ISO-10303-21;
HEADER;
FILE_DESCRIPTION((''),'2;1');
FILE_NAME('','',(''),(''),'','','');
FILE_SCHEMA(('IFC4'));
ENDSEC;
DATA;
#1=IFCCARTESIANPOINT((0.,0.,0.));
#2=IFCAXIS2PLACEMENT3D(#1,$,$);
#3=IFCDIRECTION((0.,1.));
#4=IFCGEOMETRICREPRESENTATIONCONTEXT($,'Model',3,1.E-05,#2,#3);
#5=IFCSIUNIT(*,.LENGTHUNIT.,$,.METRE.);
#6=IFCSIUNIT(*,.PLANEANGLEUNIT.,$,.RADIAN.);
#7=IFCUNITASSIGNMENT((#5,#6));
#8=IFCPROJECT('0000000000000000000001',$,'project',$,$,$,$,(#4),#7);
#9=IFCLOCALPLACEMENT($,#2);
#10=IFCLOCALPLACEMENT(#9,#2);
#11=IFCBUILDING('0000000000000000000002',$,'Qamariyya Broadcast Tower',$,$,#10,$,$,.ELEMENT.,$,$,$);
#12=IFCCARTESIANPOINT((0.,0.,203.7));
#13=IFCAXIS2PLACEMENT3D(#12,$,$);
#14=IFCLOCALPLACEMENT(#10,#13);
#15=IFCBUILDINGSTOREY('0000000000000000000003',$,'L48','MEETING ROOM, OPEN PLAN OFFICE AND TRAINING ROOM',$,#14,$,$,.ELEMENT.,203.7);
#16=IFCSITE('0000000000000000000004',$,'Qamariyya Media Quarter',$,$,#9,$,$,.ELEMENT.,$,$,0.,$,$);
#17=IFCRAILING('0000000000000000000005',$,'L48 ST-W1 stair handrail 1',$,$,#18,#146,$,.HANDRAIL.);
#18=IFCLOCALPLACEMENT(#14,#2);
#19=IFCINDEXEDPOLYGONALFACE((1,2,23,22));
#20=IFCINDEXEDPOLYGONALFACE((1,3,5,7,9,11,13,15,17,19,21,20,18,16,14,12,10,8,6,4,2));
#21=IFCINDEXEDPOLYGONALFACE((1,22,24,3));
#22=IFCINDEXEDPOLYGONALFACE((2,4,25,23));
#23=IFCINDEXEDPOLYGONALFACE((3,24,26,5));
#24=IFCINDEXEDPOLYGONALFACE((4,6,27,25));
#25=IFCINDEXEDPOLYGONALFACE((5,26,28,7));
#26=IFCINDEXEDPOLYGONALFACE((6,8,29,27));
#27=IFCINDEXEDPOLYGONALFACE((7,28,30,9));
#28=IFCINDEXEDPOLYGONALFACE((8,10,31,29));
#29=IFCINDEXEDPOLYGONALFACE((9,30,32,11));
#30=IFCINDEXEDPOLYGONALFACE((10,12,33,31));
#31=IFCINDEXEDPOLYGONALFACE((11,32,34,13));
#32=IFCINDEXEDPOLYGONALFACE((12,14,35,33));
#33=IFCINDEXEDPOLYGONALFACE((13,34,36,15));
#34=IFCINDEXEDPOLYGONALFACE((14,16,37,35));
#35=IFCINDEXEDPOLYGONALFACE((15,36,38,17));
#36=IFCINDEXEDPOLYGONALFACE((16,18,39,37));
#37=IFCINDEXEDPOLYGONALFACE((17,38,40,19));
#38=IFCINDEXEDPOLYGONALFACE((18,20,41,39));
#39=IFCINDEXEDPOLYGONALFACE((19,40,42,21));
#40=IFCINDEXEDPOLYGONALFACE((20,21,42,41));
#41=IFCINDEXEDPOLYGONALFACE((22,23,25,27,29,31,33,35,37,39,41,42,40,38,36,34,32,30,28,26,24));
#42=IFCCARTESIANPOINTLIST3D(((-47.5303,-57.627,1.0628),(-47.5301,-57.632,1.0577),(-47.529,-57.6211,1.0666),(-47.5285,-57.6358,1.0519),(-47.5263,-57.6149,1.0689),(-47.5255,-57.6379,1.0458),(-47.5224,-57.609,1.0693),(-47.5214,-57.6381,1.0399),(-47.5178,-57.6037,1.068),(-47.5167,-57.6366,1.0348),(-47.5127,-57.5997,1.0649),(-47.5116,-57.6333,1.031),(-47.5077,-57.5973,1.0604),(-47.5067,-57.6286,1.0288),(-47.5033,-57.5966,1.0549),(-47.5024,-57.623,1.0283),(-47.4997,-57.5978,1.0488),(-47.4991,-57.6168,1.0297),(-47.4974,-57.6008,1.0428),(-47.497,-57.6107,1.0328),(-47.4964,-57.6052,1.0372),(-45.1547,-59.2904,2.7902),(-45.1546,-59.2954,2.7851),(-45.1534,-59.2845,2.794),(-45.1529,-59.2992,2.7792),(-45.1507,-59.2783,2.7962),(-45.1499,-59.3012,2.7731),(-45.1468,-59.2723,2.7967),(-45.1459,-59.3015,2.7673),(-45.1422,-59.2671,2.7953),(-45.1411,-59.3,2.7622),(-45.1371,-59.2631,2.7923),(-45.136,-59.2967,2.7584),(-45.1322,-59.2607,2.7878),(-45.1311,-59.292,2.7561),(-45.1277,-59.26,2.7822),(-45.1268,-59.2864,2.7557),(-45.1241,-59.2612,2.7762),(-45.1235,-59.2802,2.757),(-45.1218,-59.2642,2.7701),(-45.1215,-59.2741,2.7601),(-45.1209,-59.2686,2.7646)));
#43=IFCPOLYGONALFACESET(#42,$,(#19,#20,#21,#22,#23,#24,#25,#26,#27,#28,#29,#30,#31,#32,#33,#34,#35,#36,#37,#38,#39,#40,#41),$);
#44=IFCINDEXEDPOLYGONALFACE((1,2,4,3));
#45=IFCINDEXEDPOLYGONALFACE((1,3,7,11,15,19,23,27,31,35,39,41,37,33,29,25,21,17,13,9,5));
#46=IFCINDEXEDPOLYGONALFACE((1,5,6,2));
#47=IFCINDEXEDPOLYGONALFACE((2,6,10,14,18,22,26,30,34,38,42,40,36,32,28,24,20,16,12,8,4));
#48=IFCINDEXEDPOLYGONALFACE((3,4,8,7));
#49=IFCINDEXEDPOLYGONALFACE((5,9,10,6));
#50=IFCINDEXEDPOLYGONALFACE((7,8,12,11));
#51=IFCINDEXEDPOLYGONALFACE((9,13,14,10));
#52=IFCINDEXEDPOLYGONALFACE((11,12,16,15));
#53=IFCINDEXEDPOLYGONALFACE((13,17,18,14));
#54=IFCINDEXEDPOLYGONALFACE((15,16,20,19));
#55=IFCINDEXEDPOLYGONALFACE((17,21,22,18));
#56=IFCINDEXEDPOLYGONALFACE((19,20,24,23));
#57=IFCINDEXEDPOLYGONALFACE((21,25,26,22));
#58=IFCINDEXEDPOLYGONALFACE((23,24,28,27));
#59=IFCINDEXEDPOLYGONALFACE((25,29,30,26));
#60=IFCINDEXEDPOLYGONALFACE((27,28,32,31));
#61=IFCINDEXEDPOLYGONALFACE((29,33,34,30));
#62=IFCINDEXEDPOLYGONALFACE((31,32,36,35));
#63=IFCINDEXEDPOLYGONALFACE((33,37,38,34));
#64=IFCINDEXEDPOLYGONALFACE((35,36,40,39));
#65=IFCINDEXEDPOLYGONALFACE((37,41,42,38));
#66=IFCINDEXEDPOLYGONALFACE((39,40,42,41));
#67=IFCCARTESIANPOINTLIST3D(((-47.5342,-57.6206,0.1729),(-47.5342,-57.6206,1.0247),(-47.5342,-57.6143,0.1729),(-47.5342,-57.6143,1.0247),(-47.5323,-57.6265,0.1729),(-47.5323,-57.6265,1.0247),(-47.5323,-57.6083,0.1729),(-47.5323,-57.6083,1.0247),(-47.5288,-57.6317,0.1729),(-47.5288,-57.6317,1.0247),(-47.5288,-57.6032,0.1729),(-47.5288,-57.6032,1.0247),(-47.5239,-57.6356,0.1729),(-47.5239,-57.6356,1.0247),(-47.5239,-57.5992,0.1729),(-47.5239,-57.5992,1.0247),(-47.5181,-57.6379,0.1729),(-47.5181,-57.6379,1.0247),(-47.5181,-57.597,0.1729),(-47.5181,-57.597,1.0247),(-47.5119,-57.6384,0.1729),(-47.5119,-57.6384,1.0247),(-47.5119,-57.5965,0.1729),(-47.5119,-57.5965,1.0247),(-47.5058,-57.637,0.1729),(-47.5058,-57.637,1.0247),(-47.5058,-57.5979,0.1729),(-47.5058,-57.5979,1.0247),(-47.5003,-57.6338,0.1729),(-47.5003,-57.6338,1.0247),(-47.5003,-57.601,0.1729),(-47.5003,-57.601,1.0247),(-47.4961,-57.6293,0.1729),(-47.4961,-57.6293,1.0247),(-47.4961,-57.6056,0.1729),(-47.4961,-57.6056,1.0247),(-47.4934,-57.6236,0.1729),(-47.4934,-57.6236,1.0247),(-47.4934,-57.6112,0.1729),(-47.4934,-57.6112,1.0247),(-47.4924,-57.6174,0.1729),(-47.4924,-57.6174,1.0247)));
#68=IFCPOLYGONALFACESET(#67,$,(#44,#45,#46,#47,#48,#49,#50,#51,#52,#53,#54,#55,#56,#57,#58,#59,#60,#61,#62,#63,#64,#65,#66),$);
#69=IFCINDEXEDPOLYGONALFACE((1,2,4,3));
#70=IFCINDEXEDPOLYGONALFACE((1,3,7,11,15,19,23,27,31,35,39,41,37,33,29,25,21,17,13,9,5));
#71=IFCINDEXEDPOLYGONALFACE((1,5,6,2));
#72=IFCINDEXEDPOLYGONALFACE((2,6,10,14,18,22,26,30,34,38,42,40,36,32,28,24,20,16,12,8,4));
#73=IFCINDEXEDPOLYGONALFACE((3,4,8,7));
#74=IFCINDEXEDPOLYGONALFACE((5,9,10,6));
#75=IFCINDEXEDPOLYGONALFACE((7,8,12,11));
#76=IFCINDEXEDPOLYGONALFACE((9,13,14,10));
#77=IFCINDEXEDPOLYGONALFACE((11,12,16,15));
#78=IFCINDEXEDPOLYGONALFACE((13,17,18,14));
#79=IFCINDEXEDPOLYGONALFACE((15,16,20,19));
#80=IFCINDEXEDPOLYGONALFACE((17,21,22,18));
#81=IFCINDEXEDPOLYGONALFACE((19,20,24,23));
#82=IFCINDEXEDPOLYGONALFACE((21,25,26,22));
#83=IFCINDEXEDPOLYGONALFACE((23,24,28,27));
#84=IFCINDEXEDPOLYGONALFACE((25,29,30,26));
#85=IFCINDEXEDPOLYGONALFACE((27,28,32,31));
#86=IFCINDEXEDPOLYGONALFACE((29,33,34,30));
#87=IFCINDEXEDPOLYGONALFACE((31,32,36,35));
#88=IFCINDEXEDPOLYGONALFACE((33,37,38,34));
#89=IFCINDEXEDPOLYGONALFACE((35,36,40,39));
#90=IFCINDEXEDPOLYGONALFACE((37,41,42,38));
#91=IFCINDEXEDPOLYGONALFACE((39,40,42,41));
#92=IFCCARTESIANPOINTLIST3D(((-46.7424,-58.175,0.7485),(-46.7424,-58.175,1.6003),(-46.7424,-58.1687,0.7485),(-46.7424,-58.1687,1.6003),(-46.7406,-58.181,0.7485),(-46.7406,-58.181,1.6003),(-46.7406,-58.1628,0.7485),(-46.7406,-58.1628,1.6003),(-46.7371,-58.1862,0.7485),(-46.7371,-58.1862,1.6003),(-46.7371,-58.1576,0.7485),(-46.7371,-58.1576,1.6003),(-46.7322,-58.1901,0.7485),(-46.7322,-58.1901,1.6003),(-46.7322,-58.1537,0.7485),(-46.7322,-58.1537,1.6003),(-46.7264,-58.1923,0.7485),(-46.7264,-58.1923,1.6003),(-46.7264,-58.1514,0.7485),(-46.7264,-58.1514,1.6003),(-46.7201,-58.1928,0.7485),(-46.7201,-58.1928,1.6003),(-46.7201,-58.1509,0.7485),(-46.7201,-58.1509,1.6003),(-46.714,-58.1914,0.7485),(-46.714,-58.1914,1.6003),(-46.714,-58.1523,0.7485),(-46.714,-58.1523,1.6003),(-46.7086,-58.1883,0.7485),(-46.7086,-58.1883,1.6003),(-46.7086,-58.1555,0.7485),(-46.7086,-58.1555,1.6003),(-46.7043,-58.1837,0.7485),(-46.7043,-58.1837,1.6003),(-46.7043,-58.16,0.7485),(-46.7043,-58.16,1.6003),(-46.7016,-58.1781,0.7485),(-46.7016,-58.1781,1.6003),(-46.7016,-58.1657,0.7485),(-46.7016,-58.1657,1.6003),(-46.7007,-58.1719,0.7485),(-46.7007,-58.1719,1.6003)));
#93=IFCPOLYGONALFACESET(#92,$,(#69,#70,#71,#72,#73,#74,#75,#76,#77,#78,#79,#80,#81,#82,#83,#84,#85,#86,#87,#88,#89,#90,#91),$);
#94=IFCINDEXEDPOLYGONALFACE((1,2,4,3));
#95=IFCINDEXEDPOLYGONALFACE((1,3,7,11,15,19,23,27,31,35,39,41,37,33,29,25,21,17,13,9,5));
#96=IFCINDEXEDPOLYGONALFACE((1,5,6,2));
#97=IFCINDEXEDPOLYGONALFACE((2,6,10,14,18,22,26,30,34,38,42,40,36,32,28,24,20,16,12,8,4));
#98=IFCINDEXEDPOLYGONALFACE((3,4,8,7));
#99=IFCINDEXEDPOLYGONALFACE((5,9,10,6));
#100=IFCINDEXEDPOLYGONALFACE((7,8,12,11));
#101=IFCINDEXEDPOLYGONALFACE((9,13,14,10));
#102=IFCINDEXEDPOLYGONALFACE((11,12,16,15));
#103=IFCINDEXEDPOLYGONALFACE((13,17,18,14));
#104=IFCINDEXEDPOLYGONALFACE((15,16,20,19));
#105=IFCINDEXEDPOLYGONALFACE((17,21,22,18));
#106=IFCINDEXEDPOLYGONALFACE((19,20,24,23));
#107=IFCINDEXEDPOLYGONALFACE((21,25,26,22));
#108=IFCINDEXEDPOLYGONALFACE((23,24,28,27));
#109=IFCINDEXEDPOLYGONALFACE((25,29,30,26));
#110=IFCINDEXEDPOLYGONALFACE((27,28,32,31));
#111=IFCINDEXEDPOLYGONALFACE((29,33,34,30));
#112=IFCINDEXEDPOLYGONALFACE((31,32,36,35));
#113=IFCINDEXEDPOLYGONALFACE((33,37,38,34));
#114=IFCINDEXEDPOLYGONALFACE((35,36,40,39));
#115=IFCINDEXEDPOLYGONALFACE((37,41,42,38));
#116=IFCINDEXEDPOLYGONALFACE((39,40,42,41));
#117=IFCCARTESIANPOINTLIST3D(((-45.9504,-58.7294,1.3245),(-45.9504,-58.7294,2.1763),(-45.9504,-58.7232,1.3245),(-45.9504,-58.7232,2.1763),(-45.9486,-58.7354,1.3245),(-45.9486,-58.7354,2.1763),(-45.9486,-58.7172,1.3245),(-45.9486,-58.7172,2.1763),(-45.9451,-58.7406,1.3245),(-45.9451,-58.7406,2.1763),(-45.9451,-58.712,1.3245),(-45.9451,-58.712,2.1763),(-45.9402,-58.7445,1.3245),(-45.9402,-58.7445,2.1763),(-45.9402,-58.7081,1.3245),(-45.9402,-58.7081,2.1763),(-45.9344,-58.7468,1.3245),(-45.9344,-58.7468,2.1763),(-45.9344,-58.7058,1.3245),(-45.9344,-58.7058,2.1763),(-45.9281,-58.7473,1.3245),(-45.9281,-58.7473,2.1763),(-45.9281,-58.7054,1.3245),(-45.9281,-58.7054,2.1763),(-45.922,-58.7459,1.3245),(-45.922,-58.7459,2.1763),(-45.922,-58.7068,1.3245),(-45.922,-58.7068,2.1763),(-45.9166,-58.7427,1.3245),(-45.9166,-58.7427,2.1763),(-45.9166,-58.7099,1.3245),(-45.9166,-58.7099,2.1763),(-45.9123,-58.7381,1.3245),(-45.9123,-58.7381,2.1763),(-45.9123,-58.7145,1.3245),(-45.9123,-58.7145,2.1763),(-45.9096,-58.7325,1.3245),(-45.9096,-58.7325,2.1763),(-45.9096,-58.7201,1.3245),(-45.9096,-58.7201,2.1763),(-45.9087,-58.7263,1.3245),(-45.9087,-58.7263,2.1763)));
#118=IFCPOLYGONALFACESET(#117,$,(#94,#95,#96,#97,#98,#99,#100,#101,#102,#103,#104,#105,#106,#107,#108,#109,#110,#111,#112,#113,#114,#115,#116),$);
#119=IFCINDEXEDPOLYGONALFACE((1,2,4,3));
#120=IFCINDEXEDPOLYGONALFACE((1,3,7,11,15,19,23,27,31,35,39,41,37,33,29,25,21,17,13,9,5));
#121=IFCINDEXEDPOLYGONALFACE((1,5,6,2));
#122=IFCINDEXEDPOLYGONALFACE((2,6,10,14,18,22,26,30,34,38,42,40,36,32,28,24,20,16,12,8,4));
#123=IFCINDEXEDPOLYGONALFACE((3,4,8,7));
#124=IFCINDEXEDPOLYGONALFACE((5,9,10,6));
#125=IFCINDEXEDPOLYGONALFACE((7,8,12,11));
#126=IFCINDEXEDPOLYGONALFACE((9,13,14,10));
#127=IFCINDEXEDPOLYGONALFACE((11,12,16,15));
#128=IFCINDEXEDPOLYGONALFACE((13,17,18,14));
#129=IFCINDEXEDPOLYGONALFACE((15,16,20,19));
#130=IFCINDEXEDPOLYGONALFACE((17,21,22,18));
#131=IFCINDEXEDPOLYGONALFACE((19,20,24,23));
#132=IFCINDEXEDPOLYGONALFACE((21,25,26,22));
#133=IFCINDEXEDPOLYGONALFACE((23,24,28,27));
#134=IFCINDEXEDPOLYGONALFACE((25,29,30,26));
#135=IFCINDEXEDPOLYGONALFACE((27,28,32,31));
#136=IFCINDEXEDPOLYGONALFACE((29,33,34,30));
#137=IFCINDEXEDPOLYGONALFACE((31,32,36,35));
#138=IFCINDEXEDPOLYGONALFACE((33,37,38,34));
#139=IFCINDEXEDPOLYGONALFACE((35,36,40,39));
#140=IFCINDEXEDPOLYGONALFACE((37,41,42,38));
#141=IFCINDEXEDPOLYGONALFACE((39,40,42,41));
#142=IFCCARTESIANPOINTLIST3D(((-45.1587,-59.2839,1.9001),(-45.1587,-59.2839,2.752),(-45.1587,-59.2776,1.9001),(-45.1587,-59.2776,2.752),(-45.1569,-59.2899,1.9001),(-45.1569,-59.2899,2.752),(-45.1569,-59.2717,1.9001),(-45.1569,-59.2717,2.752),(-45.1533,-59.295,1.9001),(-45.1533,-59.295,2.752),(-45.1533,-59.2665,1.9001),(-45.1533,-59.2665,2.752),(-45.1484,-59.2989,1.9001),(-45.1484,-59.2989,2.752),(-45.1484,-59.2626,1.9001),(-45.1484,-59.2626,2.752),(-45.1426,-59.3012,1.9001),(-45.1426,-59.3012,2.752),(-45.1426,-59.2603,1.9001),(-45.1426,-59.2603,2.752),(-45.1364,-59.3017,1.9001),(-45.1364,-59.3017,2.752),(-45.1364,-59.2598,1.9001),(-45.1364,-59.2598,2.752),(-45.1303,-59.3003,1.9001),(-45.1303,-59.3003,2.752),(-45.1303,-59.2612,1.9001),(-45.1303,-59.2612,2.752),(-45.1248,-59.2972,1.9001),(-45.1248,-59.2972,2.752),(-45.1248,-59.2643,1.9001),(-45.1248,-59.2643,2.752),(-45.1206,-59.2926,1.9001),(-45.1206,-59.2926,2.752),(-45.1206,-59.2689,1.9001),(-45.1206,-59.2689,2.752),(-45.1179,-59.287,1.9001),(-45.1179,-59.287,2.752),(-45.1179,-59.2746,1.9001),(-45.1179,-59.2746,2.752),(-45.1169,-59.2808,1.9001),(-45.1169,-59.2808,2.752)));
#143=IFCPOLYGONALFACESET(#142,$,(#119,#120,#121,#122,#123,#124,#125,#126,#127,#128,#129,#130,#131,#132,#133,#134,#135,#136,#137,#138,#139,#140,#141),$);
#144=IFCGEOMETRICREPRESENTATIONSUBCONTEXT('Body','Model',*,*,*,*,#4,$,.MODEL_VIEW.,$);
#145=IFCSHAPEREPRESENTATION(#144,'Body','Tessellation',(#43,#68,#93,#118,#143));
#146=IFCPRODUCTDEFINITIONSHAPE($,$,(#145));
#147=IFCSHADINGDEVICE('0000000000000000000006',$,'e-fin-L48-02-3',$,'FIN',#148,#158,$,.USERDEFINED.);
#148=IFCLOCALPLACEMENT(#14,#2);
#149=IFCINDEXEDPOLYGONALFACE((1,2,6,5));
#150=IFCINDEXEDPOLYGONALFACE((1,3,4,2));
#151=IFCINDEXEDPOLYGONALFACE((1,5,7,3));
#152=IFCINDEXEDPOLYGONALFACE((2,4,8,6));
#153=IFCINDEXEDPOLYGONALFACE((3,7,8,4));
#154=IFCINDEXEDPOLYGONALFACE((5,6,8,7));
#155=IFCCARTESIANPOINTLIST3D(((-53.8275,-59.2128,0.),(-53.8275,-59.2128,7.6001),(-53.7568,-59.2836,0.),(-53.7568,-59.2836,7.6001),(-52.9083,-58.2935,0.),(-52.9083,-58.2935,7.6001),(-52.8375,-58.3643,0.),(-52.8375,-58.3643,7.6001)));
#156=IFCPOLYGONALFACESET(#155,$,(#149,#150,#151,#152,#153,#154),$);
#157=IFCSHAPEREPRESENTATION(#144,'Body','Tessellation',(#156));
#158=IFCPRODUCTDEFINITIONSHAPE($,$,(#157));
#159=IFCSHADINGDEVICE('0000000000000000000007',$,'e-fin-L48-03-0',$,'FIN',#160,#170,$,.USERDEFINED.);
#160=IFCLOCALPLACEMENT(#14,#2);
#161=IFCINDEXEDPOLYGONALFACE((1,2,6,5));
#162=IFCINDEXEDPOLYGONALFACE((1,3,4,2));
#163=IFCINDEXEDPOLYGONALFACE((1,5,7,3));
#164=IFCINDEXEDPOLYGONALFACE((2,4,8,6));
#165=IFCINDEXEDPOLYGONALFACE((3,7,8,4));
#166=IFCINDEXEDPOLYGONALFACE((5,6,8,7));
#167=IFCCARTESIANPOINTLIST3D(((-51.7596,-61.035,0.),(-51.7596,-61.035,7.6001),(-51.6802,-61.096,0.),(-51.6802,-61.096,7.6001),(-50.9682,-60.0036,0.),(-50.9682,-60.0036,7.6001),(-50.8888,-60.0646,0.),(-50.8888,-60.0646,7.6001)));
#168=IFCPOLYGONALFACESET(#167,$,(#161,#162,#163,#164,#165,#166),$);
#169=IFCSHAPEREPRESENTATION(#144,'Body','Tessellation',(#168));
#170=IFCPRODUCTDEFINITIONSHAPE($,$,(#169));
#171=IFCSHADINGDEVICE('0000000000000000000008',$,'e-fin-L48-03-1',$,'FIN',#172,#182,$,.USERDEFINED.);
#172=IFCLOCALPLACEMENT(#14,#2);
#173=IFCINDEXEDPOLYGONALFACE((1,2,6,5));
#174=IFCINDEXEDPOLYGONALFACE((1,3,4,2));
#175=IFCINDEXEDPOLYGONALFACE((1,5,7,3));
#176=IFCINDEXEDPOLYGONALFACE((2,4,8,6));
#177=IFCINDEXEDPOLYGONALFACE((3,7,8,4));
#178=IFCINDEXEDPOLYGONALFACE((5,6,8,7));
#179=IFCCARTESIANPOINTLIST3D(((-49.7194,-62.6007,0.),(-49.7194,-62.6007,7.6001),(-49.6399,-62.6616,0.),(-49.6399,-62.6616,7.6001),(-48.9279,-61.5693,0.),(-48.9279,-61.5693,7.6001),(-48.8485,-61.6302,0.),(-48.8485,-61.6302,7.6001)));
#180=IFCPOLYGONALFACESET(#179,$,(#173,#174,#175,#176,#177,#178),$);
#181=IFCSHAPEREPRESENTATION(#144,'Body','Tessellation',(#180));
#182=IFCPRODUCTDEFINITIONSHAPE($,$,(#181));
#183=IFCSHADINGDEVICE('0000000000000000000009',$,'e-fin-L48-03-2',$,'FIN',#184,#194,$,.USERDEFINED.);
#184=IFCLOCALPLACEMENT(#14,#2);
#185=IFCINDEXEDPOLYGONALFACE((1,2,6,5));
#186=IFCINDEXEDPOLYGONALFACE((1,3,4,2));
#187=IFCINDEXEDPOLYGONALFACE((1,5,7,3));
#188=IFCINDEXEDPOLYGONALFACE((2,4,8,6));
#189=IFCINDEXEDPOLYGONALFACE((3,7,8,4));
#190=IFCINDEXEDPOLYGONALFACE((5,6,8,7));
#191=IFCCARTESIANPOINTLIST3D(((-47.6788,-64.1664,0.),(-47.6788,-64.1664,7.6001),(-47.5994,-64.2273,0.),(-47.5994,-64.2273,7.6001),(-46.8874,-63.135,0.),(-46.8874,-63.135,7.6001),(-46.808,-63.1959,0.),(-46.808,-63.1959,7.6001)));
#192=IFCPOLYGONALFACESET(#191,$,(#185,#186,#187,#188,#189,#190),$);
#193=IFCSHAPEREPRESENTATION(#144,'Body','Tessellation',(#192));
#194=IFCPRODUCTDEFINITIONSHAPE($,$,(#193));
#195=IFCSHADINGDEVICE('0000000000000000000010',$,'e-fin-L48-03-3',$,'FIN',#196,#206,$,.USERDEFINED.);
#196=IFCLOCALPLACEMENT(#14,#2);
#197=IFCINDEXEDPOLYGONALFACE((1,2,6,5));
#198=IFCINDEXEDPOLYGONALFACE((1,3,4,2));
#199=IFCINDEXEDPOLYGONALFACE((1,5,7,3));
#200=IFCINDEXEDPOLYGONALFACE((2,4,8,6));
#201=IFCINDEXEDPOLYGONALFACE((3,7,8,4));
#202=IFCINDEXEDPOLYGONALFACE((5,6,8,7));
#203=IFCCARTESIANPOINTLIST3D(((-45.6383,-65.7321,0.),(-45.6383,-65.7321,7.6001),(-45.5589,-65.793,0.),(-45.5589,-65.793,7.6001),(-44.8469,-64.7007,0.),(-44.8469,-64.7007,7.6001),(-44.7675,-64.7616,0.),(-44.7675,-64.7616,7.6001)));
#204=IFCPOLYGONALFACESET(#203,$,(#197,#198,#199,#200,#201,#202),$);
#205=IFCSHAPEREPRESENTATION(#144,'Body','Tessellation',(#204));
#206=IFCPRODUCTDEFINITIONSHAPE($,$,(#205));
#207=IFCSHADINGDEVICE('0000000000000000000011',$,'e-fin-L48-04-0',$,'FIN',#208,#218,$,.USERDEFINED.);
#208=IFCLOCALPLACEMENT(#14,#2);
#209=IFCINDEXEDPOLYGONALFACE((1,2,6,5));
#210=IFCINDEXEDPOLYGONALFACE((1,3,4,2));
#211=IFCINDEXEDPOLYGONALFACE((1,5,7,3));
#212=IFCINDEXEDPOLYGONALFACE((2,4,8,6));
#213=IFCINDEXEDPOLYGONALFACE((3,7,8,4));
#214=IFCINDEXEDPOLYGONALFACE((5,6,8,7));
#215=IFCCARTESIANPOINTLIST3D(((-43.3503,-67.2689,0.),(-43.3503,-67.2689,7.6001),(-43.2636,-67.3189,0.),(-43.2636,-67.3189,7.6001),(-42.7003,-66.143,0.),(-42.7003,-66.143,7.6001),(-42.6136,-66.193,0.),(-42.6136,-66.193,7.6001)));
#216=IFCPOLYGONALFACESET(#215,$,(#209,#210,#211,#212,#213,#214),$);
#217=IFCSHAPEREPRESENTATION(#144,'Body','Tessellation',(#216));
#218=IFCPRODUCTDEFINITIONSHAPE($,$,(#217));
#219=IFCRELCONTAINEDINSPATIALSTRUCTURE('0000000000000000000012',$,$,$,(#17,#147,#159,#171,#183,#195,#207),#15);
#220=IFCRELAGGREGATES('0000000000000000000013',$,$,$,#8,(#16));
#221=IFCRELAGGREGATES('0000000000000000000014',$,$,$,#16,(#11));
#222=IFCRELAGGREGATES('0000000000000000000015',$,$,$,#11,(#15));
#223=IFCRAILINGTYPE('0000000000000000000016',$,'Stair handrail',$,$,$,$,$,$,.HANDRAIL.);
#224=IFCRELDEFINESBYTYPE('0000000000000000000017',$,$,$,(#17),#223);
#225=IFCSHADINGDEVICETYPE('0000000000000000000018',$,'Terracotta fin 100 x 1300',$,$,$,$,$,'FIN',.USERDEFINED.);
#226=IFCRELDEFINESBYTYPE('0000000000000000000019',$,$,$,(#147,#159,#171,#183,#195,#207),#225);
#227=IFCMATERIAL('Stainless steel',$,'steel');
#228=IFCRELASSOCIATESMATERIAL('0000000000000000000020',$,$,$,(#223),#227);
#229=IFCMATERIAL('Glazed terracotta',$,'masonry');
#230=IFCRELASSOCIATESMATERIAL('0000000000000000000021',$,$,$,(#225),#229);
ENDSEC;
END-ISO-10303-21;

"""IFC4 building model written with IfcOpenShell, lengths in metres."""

from ifc_helpers import new_model, si_unit, direction, frame, origin, origin_2d, place, context, subcontext, project, spatial, rectangle, circle, extrude, material, material_profile, profile_set, type_object, element, save


model = new_model("IFC4")

# Units and contexts
model_context = context("Model", 3, precision=1e-05, world=origin(), true_north=direction((0.0, 1.0)))
body_context = subcontext(model_context, "Body", "Model", "MODEL_VIEW")
ifc_project = project(units=[si_unit("LENGTHUNIT", "METRE"), si_unit("PLANEANGLEUNIT", "RADIAN")], contexts=[model_context])

# Site, building, storey
site_placement = place(None, origin())
site = spatial("IfcSite", under=ifc_project, at=site_placement, Name="Qamariyya Media Quarter", CompositionType="ELEMENT", RefElevation=0.0)
building_placement = place(site_placement, origin())
building = spatial("IfcBuilding", under=site, at=building_placement, Name="Qamariyya Broadcast Tower", CompositionType="ELEMENT")
storey_placement = place(building_placement, frame((0.0, 0.0, 203.7)))
storey = spatial("IfcBuildingStorey", under=building, at=storey_placement, Name="L48", Description="MEETING ROOM, OPEN PLAN OFFICE AND TRAINING ROOM", CompositionType="ELEMENT", Elevation=203.7)

# Railing
ifc_material_1 = material(Name="Stainless steel", Category="steel")
railing_type_1 = type_object("IfcRailingType", Name="Stair handrail", PredefinedType="HANDRAIL", material=ifc_material_1)
railing_1_placement = place(storey_placement, frame((-47.5134, -57.6174, 0.1729)))
element("IfcRailing", 1, at=railing_1_placement, inside=storey, type_object=railing_type_1, Name="L48 ST-W1 stair handrail 1", PredefinedType="HANDRAIL", context=body_context, shape_type="SweptSolid", body=[
    extrude(circle(Radius=0.0239, at=origin_2d()), frame((0.0, 0.0, 0.876), z_axis=(0.70377, -0.492784, 0.511734), x_axis=(0.573575, 0.819153, 0.0)), (0.0, 0.0, 1.0), 3.3755),
    extrude(circle(Radius=0.021, at=origin_2d()), origin(), (0.0, 0.0, 1.0), 0.8518),
    extrude(circle(Radius=0.021, at=origin_2d()), frame((0.7917, -0.5544, 0.5757)), (0.0, 0.0, 1.0), 0.8518),
    extrude(circle(Radius=0.021, at=origin_2d()), frame((1.5837, -1.1089, 1.1516)), (0.0, 0.0, 1.0), 0.8518),
    extrude(circle(Radius=0.021, at=origin_2d()), frame((2.3755, -1.6633, 1.7273)), (0.0, 0.0, 1.0), 0.8518),
])

# Shading devices
ifc_material_2 = material(Name="Glazed terracotta", Category="masonry")
ifc_material_profile_1 = material_profile(ifc_material_2, rectangle(XDim=1.3, YDim=0.1001, at=origin_2d()))
ifc_profile_set_1 = profile_set([ifc_material_profile_1], Name="Glazed terracotta")
shading_device_type_1 = type_object("IfcShadingDeviceType", Name="Terracotta fin 100 x 1300", ElementType="FIN", PredefinedType="USERDEFINED", material=ifc_profile_set_1)
for number, where, z_axis, x_axis, name in (
    (2, (-53.3325, -58.7886, 0.0), (0.0, 0.0, 1.0), (-0.707107, -0.707107, 0.0), "e-fin-L48-02-3"),
    (3, (-51.3242, -60.5498, 0.0), (0.0, 0.0, 1.0), (-0.608761, -0.793353, 0.0), "e-fin-L48-03-0"),
    (4, (-49.2839, -62.1155, 0.0), (0.0, 0.0, 1.0), (-0.608761, -0.793353, 0.0), "e-fin-L48-03-1"),
    (5, (-47.2434, -63.6812, 0.0), (0.0, 0.0, 1.0), (-0.608761, -0.793353, 0.0), "e-fin-L48-03-2"),
    (6, (-45.2029, -65.2468, 0.0), (0.0, 0.0, 1.0), (-0.608761, -0.793353, 0.0), "e-fin-L48-03-3"),
    (7, (-42.9819, -66.731, 0.0), (0.0, 0.0, 1.0), (-0.5, -0.866025, 0.0), "e-fin-L48-04-0"),
):
    element("IfcShadingDevice", number, at=place(storey_placement, frame(where, z_axis=z_axis, x_axis=x_axis)), inside=storey, type_object=shading_device_type_1, Name=name, ObjectType="FIN", PredefinedType="USERDEFINED", context=body_context, shape_type="SweptSolid", body=[
        extrude(rectangle(XDim=1.3, YDim=0.1001, at=origin_2d()), origin(), (0.0, 0.0, 1.0), 7.6001),
    ])

save(model, "model.ifc")
